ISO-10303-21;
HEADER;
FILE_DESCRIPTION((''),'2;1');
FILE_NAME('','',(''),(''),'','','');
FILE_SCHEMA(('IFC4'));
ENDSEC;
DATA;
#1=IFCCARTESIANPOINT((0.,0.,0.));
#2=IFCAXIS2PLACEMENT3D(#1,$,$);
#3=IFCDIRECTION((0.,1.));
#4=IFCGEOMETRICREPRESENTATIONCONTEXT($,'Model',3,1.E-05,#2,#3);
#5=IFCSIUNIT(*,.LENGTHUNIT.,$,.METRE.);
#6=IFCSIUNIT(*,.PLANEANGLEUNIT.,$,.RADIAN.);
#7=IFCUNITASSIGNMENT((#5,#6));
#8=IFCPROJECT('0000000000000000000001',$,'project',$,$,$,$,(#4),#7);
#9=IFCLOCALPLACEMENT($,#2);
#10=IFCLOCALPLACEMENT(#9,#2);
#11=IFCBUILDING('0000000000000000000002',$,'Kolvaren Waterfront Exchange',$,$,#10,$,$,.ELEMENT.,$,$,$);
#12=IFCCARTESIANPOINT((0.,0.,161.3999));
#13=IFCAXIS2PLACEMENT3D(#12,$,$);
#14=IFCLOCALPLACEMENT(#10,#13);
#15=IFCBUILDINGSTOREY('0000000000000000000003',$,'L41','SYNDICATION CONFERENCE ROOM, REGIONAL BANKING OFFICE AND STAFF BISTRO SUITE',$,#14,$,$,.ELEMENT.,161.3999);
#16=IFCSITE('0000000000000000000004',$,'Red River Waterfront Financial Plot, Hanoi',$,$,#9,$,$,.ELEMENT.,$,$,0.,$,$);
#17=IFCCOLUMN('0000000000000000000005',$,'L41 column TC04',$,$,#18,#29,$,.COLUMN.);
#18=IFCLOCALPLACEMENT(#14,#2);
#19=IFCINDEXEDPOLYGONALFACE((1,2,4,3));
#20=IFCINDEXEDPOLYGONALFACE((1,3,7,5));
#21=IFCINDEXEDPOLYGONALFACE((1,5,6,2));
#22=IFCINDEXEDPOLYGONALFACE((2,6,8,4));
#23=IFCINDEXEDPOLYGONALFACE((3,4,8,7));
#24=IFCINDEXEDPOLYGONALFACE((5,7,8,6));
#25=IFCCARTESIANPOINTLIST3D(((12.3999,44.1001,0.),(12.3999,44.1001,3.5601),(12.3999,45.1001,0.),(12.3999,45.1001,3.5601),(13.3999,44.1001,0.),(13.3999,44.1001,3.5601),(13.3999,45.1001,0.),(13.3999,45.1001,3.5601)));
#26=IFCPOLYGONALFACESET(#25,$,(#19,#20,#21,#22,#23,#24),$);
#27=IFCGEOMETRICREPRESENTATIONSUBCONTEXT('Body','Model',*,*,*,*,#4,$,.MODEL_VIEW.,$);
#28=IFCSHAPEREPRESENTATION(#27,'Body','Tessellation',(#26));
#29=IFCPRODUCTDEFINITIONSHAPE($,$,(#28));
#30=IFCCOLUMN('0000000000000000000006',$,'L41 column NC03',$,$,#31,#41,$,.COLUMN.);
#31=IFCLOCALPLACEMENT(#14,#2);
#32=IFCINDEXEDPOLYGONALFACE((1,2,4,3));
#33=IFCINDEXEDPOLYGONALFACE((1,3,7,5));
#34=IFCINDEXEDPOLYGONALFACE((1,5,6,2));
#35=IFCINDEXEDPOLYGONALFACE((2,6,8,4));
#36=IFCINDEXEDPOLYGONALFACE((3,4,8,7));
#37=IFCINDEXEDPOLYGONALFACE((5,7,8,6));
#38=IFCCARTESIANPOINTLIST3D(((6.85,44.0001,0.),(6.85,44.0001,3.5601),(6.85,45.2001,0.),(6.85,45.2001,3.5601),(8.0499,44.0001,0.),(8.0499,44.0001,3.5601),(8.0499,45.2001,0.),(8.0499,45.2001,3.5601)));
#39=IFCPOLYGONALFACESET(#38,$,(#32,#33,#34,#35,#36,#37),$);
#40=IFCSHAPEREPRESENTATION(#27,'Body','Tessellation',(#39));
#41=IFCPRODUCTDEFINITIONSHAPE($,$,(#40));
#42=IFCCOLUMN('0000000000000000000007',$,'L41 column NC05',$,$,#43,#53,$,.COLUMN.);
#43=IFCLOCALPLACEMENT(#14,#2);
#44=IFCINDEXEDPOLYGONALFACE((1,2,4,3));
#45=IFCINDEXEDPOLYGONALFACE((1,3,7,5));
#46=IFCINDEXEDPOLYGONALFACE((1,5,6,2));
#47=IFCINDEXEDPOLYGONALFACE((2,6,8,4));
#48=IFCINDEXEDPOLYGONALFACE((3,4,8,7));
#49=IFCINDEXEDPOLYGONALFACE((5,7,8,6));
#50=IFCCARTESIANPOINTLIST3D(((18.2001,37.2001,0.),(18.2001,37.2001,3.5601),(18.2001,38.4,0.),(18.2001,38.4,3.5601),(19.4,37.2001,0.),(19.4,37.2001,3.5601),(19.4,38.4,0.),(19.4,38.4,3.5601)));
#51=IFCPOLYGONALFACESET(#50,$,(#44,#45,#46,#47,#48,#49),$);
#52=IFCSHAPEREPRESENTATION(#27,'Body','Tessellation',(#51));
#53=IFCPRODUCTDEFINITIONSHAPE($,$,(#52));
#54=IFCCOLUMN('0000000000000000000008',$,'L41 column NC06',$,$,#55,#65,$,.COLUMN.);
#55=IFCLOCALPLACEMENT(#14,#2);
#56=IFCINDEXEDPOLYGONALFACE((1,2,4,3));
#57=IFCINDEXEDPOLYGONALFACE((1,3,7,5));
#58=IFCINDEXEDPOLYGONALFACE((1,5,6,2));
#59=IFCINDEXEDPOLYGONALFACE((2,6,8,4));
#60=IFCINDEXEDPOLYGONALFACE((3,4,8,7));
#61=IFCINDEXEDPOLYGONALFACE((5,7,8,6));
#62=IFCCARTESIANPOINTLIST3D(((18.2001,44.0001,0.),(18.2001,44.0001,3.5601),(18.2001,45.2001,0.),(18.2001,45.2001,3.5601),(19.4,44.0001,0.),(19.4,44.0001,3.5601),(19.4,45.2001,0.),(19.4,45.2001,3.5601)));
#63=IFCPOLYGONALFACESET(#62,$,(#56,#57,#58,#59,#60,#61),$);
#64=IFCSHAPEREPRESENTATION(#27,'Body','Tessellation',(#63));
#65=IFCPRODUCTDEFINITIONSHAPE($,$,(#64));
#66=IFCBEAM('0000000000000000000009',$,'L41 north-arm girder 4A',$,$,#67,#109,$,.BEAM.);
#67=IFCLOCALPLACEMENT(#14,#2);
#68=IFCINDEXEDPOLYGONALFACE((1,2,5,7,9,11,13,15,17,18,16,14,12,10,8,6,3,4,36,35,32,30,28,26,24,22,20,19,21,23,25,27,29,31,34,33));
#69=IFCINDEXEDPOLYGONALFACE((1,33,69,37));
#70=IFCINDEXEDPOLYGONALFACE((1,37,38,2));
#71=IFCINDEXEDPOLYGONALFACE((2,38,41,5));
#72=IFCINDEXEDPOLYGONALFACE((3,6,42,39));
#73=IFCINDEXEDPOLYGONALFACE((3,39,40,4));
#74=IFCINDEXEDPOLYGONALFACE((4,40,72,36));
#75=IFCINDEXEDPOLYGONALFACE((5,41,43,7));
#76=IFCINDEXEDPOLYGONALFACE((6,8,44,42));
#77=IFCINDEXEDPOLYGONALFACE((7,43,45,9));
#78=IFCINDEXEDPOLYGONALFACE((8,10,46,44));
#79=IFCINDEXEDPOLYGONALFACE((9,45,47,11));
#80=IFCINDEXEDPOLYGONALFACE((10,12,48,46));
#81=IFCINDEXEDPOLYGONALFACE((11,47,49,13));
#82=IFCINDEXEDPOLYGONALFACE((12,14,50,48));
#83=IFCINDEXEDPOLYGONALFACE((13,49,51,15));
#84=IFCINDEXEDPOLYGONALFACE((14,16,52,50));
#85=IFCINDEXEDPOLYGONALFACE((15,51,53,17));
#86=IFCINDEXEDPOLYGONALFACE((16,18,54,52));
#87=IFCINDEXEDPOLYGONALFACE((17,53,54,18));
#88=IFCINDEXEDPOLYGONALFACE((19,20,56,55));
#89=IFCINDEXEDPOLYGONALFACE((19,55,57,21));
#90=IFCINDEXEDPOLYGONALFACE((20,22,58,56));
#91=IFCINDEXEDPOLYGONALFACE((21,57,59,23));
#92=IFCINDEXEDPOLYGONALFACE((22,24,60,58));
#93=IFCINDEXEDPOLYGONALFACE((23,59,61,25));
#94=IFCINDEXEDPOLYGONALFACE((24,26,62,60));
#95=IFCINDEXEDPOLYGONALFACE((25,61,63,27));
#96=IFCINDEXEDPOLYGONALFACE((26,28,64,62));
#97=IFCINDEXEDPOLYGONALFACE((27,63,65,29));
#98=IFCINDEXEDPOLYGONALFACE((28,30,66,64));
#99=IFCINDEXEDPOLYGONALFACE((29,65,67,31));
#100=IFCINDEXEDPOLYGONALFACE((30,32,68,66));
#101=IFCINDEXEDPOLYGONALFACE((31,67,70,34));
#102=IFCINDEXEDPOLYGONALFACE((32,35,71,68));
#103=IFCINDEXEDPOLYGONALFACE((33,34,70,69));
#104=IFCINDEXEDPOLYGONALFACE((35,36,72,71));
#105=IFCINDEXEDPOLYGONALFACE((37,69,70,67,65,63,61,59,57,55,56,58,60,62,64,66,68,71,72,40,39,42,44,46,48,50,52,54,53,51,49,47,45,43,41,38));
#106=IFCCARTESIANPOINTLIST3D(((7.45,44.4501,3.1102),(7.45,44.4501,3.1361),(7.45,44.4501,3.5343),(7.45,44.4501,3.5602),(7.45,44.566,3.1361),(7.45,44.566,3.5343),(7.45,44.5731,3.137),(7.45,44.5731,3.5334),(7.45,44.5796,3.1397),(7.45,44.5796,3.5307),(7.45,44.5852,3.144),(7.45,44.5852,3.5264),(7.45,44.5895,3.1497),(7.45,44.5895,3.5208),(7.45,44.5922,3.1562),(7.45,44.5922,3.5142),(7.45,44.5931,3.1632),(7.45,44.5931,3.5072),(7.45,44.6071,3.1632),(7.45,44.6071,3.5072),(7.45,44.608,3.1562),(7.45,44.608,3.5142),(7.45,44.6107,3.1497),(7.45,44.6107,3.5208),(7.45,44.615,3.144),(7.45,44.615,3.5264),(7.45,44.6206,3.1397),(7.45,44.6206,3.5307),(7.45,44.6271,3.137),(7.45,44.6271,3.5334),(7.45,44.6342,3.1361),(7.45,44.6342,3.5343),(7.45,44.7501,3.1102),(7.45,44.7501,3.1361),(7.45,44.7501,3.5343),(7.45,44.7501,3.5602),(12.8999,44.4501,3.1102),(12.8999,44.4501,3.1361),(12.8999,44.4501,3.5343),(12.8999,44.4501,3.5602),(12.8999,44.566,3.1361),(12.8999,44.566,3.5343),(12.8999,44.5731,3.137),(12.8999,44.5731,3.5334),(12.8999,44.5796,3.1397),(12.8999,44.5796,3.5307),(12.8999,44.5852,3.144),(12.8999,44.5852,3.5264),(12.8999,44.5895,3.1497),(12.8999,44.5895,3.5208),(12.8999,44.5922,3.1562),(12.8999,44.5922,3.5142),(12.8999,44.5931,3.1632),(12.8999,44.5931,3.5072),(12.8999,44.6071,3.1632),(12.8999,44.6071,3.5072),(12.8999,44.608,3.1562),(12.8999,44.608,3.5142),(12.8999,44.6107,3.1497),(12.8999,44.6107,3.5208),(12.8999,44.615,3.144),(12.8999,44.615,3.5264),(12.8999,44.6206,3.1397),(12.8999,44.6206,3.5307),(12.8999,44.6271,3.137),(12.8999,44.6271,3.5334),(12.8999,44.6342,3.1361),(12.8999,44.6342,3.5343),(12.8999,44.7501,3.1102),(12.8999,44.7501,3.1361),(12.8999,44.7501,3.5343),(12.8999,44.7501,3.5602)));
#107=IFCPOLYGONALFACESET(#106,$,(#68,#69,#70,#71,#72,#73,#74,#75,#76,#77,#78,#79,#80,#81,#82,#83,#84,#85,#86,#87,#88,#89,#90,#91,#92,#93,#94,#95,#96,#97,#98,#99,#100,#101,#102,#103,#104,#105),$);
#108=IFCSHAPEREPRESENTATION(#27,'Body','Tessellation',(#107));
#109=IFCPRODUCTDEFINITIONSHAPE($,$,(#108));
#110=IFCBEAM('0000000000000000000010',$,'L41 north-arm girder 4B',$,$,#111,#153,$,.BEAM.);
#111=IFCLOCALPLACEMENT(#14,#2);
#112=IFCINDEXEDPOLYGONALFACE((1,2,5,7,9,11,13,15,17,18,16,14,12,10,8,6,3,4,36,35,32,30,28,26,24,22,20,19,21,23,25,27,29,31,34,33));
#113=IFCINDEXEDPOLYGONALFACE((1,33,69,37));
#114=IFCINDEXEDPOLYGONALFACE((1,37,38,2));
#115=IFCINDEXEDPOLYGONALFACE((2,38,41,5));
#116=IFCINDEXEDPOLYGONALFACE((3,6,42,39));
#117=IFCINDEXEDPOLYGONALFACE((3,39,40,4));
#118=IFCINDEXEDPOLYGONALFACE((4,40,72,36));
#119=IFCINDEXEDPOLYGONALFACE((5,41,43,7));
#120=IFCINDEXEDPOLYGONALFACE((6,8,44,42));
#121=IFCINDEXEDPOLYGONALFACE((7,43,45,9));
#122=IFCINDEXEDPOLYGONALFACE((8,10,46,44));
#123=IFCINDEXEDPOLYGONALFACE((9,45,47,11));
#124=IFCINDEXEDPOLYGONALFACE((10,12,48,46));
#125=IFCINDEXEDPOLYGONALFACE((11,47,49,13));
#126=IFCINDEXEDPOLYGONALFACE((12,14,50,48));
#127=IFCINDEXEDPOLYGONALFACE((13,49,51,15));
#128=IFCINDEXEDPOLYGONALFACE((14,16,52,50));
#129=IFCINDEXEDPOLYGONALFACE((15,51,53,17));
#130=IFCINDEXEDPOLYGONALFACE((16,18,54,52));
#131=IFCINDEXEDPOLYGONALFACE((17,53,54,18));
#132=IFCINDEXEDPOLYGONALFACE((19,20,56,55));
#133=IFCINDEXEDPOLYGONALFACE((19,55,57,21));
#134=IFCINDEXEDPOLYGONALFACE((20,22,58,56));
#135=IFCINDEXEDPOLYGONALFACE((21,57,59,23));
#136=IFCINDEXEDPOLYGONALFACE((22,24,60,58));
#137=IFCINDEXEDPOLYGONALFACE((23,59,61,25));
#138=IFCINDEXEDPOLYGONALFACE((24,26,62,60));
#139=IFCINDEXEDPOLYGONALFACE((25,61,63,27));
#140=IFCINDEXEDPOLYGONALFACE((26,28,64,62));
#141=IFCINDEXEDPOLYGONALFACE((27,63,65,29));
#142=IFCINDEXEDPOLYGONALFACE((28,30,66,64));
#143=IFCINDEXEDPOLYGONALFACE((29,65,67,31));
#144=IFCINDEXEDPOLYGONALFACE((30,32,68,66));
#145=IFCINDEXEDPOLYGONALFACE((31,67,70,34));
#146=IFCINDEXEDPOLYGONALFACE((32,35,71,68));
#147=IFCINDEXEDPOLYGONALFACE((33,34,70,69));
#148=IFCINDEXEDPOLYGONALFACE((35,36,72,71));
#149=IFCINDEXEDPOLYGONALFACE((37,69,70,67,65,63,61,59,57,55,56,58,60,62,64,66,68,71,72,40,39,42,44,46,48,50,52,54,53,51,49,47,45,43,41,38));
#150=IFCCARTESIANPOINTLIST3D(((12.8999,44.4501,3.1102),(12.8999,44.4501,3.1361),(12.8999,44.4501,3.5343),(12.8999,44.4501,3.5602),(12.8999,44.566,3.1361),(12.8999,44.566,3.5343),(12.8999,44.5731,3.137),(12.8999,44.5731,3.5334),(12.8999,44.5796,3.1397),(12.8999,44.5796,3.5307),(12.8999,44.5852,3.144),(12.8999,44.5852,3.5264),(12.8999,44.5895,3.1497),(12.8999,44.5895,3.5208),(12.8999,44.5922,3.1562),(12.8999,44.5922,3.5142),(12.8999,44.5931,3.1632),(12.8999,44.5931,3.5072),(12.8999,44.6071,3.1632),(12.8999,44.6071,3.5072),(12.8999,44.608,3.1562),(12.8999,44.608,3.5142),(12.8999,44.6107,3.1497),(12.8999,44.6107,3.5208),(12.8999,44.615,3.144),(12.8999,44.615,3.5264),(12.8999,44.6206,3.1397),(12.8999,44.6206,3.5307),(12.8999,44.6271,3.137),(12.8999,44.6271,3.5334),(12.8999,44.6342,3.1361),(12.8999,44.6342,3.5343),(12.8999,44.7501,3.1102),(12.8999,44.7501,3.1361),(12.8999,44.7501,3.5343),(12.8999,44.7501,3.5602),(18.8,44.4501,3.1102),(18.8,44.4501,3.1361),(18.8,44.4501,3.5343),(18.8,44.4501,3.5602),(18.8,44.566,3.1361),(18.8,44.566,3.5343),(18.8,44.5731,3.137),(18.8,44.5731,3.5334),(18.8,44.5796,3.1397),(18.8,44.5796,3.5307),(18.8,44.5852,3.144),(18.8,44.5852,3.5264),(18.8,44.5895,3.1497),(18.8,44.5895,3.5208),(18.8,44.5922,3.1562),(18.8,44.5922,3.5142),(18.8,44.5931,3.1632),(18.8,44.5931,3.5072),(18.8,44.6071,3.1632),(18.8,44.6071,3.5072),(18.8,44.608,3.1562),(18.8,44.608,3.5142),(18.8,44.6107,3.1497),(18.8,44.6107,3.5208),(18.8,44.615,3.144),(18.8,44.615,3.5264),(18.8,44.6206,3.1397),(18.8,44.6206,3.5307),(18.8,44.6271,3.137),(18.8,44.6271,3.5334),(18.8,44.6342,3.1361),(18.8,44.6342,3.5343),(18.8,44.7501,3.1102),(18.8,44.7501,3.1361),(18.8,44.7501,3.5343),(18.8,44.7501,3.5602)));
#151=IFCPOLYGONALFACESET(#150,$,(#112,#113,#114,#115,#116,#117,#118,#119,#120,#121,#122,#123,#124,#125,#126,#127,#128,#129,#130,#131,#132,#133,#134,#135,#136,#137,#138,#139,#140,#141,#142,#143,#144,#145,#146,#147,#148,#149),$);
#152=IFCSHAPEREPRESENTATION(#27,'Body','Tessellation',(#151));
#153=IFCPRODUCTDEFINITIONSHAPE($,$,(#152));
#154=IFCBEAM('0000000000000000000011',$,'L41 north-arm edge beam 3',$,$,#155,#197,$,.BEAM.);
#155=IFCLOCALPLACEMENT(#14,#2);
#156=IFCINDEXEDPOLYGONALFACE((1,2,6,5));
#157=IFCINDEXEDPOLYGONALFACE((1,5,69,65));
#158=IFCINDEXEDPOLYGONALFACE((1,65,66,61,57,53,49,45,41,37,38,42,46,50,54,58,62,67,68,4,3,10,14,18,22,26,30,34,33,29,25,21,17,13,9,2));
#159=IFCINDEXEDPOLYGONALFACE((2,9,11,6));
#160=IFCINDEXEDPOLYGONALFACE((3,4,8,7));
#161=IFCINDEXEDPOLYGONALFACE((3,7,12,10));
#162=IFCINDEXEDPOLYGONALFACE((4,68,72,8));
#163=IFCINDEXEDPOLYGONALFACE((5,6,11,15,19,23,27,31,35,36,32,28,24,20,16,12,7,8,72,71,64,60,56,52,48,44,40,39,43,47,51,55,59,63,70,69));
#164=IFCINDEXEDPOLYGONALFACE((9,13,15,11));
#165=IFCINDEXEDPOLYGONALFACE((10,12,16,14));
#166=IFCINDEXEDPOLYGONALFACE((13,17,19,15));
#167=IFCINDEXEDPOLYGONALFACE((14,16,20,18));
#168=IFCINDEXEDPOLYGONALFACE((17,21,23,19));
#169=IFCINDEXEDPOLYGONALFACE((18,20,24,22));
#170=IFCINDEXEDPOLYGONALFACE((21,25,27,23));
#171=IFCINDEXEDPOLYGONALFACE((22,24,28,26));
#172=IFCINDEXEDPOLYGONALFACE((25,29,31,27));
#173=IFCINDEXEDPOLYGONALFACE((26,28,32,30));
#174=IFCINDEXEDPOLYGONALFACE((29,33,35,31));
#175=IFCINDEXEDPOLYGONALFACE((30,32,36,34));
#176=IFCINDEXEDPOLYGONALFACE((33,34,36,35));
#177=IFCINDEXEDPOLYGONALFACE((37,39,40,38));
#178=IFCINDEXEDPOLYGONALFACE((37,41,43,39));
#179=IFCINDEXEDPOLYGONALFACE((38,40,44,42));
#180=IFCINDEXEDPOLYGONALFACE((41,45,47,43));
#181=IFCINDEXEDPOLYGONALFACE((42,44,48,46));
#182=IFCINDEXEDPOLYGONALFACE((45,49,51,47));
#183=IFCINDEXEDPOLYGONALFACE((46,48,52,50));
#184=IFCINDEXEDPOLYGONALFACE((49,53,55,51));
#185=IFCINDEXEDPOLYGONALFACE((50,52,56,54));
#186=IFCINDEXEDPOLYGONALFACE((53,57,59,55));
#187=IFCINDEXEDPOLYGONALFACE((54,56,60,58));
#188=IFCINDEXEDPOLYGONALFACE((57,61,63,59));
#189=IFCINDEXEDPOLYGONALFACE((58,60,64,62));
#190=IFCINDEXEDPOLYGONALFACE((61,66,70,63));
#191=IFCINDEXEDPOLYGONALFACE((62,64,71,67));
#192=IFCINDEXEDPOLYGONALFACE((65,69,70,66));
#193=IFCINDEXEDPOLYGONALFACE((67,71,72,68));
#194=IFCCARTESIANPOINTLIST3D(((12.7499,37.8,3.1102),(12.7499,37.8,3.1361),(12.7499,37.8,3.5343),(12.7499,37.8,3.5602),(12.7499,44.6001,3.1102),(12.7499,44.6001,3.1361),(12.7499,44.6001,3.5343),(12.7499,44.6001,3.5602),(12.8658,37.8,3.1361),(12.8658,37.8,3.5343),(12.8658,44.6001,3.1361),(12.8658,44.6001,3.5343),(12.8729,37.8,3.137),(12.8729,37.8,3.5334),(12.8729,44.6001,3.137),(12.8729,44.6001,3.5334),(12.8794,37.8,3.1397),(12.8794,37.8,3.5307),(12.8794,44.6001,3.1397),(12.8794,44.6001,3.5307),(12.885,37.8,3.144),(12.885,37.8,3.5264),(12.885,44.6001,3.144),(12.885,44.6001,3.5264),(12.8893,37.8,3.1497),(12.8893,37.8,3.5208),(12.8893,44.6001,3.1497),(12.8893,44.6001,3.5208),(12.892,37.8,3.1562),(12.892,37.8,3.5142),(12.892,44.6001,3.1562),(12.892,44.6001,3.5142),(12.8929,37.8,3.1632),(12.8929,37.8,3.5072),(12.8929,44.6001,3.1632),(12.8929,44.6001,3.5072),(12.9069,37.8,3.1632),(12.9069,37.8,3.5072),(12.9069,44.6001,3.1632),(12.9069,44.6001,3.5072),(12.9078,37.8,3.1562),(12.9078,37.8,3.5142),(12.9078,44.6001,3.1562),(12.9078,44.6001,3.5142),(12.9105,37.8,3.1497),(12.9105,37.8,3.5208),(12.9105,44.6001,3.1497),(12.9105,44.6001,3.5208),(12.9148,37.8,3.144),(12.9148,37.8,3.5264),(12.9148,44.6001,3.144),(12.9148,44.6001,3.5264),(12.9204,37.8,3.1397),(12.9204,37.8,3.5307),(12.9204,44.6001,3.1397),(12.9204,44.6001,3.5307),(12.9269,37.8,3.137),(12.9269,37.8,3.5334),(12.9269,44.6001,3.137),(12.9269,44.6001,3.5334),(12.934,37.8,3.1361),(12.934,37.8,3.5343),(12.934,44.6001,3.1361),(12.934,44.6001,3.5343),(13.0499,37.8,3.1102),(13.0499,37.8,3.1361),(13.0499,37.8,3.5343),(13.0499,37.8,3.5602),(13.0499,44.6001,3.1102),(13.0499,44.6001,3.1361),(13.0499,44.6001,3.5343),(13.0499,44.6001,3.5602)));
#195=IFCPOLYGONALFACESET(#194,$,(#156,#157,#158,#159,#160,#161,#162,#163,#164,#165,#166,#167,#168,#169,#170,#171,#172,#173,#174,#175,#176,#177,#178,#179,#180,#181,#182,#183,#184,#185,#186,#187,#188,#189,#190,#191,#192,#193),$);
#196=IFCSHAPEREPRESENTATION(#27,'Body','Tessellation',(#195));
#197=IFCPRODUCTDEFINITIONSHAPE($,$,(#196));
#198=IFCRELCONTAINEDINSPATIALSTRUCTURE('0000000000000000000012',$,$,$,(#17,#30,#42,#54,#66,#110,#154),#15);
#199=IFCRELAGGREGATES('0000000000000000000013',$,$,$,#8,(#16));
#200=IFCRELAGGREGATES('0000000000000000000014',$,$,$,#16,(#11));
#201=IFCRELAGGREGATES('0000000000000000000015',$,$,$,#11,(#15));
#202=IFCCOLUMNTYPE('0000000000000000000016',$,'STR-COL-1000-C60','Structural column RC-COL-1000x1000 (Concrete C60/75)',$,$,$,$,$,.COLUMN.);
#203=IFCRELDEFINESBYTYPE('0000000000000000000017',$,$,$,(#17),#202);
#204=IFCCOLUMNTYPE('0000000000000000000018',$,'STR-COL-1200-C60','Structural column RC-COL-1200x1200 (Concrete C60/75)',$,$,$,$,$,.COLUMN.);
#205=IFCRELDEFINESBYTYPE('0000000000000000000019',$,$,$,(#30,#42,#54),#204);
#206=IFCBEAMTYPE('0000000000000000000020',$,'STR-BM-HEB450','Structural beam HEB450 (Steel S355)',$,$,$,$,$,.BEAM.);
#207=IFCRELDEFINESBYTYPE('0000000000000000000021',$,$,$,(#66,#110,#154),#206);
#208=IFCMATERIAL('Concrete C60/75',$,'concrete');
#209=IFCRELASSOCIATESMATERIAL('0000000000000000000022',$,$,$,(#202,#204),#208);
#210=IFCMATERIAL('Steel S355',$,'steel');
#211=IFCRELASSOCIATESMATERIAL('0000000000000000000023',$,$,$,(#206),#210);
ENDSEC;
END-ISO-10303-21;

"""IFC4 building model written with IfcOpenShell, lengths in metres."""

from ifc_helpers import new_model, si_unit, direction, frame, origin, origin_2d, place, context, subcontext, project, spatial, rectangle, i_section, extrude, material, material_profile, profile_set, type_object, element, save


model = new_model("IFC4")

# Units and contexts
model_context = context("Model", 3, precision=1e-05, world=origin(), true_north=direction((0.0, 1.0)))
body_context = subcontext(model_context, "Body", "Model", "MODEL_VIEW")
ifc_project = project(units=[si_unit("LENGTHUNIT", "METRE"), si_unit("PLANEANGLEUNIT", "RADIAN")], contexts=[model_context])

# Site, building, storey
site_placement = place(None, origin())
site = spatial("IfcSite", under=ifc_project, at=site_placement, Name="Red River Waterfront Financial Plot, Hanoi", CompositionType="ELEMENT", RefElevation=0.0)
building_placement = place(site_placement, origin())
building = spatial("IfcBuilding", under=site, at=building_placement, Name="Kolvaren Waterfront Exchange", CompositionType="ELEMENT")
storey_placement = place(building_placement, frame((0.0, 0.0, 161.3999)))
storey = spatial("IfcBuildingStorey", under=building, at=storey_placement, Name="L41", Description="SYNDICATION CONFERENCE ROOM, REGIONAL BANKING OFFICE AND STAFF BISTRO SUITE", CompositionType="ELEMENT", Elevation=161.3999)

# Columns
ifc_material_1 = material(Name="Concrete C60/75", Category="concrete")
ifc_material_profile_1 = material_profile(ifc_material_1, rectangle(XDim=1.0, YDim=1.0, at=origin_2d()), Name="RC-COL-1000x1000")
ifc_profile_set_1 = profile_set([ifc_material_profile_1], Name="Concrete C60/75")
column_type_1 = type_object("IfcColumnType", Name="STR-COL-1000-C60", Description="Structural column RC-COL-1000x1000 (Concrete C60/75)", PredefinedType="COLUMN", material=ifc_profile_set_1)
column_placement = place(storey_placement, frame((12.8999, 44.6001, 0.0), z_axis=(0.0, 0.0, 1.0), x_axis=(1.0, 0.0, 0.0)))
element("IfcColumn", 1, at=column_placement, inside=storey, type_object=column_type_1, Name="L41 column TC04", PredefinedType="COLUMN", context=body_context, shape_type="SweptSolid", body=[
    extrude(rectangle(XDim=1.0, YDim=1.0, at=origin_2d()), origin(), (0.0, 0.0, 1.0), 3.5601),
])
ifc_material_profile_2 = material_profile(ifc_material_1, rectangle(XDim=1.2, YDim=1.2, at=origin_2d()), Name="RC-COL-1200x1200")
ifc_profile_set_2 = profile_set([ifc_material_profile_2], Name="Concrete C60/75")
column_type_2 = type_object("IfcColumnType", Name="STR-COL-1200-C60", Description="Structural column RC-COL-1200x1200 (Concrete C60/75)", PredefinedType="COLUMN", material=ifc_profile_set_2)
for number, where, z_axis, x_axis, name in (
    (2, (7.45, 44.6001, 0.0), (0.0, 0.0, 1.0), (1.0, 0.0, 0.0), "L41 column NC03"),
    (3, (18.8, 37.8, 0.0), (0.0, 0.0, 1.0), (1.0, 0.0, 0.0), "L41 column NC05"),
    (4, (18.8, 44.6001, 0.0), (0.0, 0.0, 1.0), (1.0, 0.0, 0.0), "L41 column NC06"),
):
    element("IfcColumn", number, at=place(storey_placement, frame(where, z_axis=z_axis, x_axis=x_axis)), inside=storey, type_object=column_type_2, Name=name, PredefinedType="COLUMN", context=body_context, shape_type="SweptSolid", body=[
        extrude(rectangle(XDim=1.2, YDim=1.2, at=origin_2d()), origin(), (0.0, 0.0, 1.0), 3.5601),
    ])

# Beams
ifc_material_2 = material(Name="Steel S355", Category="steel")
ifc_material_profile_3 = material_profile(ifc_material_2, i_section(OverallWidth=0.3, OverallDepth=0.45, WebThickness=0.0139, FlangeThickness=0.0259, FilletRadius=0.0271, at=origin_2d()), Name="HEB450")
ifc_profile_set_3 = profile_set([ifc_material_profile_3], Name="Steel S355")
beam_type_1 = type_object("IfcBeamType", Name="STR-BM-HEB450", Description="Structural beam HEB450 (Steel S355)", PredefinedType="BEAM", material=ifc_profile_set_3)
beam_1_placement = place(storey_placement, frame((7.45, 44.6001, 3.3352), z_axis=(1.0, 0.0, 0.0), x_axis=(0.0, 1.0, 0.0)))
element("IfcBeam", 5, at=beam_1_placement, inside=storey, type_object=beam_type_1, Name="L41 north-arm girder 4A", PredefinedType="BEAM", context=body_context, shape_type="SweptSolid", body=[
    extrude(i_section(OverallWidth=0.3, OverallDepth=0.45, WebThickness=0.0139, FlangeThickness=0.0259, FilletRadius=0.0271, at=origin_2d()), origin(), (0.0, 0.0, 1.0), 5.45),
])
beam_2_placement = place(storey_placement, frame((12.8999, 44.6001, 3.3352), z_axis=(1.0, 0.0, 0.0), x_axis=(0.0, 1.0, 0.0)))
element("IfcBeam", 6, at=beam_2_placement, inside=storey, type_object=beam_type_1, Name="L41 north-arm girder 4B", PredefinedType="BEAM", context=body_context, shape_type="SweptSolid", body=[
    extrude(i_section(OverallWidth=0.3, OverallDepth=0.45, WebThickness=0.0139, FlangeThickness=0.0259, FilletRadius=0.0271, at=origin_2d()), origin(), (0.0, 0.0, 1.0), 5.9001),
])
beam_3_placement = place(storey_placement, frame((12.8999, 37.8, 3.3352), z_axis=(0.0, 1.0, 0.0), x_axis=(-1.0, 0.0, 0.0)))
element("IfcBeam", 7, at=beam_3_placement, inside=storey, type_object=beam_type_1, Name="L41 north-arm edge beam 3", PredefinedType="BEAM", context=body_context, shape_type="SweptSolid", body=[
    extrude(i_section(OverallWidth=0.3, OverallDepth=0.45, WebThickness=0.0139, FlangeThickness=0.0259, FilletRadius=0.0271, at=origin_2d()), origin(), (0.0, 0.0, 1.0), 6.8),
])

save(model, "model.ifc")
